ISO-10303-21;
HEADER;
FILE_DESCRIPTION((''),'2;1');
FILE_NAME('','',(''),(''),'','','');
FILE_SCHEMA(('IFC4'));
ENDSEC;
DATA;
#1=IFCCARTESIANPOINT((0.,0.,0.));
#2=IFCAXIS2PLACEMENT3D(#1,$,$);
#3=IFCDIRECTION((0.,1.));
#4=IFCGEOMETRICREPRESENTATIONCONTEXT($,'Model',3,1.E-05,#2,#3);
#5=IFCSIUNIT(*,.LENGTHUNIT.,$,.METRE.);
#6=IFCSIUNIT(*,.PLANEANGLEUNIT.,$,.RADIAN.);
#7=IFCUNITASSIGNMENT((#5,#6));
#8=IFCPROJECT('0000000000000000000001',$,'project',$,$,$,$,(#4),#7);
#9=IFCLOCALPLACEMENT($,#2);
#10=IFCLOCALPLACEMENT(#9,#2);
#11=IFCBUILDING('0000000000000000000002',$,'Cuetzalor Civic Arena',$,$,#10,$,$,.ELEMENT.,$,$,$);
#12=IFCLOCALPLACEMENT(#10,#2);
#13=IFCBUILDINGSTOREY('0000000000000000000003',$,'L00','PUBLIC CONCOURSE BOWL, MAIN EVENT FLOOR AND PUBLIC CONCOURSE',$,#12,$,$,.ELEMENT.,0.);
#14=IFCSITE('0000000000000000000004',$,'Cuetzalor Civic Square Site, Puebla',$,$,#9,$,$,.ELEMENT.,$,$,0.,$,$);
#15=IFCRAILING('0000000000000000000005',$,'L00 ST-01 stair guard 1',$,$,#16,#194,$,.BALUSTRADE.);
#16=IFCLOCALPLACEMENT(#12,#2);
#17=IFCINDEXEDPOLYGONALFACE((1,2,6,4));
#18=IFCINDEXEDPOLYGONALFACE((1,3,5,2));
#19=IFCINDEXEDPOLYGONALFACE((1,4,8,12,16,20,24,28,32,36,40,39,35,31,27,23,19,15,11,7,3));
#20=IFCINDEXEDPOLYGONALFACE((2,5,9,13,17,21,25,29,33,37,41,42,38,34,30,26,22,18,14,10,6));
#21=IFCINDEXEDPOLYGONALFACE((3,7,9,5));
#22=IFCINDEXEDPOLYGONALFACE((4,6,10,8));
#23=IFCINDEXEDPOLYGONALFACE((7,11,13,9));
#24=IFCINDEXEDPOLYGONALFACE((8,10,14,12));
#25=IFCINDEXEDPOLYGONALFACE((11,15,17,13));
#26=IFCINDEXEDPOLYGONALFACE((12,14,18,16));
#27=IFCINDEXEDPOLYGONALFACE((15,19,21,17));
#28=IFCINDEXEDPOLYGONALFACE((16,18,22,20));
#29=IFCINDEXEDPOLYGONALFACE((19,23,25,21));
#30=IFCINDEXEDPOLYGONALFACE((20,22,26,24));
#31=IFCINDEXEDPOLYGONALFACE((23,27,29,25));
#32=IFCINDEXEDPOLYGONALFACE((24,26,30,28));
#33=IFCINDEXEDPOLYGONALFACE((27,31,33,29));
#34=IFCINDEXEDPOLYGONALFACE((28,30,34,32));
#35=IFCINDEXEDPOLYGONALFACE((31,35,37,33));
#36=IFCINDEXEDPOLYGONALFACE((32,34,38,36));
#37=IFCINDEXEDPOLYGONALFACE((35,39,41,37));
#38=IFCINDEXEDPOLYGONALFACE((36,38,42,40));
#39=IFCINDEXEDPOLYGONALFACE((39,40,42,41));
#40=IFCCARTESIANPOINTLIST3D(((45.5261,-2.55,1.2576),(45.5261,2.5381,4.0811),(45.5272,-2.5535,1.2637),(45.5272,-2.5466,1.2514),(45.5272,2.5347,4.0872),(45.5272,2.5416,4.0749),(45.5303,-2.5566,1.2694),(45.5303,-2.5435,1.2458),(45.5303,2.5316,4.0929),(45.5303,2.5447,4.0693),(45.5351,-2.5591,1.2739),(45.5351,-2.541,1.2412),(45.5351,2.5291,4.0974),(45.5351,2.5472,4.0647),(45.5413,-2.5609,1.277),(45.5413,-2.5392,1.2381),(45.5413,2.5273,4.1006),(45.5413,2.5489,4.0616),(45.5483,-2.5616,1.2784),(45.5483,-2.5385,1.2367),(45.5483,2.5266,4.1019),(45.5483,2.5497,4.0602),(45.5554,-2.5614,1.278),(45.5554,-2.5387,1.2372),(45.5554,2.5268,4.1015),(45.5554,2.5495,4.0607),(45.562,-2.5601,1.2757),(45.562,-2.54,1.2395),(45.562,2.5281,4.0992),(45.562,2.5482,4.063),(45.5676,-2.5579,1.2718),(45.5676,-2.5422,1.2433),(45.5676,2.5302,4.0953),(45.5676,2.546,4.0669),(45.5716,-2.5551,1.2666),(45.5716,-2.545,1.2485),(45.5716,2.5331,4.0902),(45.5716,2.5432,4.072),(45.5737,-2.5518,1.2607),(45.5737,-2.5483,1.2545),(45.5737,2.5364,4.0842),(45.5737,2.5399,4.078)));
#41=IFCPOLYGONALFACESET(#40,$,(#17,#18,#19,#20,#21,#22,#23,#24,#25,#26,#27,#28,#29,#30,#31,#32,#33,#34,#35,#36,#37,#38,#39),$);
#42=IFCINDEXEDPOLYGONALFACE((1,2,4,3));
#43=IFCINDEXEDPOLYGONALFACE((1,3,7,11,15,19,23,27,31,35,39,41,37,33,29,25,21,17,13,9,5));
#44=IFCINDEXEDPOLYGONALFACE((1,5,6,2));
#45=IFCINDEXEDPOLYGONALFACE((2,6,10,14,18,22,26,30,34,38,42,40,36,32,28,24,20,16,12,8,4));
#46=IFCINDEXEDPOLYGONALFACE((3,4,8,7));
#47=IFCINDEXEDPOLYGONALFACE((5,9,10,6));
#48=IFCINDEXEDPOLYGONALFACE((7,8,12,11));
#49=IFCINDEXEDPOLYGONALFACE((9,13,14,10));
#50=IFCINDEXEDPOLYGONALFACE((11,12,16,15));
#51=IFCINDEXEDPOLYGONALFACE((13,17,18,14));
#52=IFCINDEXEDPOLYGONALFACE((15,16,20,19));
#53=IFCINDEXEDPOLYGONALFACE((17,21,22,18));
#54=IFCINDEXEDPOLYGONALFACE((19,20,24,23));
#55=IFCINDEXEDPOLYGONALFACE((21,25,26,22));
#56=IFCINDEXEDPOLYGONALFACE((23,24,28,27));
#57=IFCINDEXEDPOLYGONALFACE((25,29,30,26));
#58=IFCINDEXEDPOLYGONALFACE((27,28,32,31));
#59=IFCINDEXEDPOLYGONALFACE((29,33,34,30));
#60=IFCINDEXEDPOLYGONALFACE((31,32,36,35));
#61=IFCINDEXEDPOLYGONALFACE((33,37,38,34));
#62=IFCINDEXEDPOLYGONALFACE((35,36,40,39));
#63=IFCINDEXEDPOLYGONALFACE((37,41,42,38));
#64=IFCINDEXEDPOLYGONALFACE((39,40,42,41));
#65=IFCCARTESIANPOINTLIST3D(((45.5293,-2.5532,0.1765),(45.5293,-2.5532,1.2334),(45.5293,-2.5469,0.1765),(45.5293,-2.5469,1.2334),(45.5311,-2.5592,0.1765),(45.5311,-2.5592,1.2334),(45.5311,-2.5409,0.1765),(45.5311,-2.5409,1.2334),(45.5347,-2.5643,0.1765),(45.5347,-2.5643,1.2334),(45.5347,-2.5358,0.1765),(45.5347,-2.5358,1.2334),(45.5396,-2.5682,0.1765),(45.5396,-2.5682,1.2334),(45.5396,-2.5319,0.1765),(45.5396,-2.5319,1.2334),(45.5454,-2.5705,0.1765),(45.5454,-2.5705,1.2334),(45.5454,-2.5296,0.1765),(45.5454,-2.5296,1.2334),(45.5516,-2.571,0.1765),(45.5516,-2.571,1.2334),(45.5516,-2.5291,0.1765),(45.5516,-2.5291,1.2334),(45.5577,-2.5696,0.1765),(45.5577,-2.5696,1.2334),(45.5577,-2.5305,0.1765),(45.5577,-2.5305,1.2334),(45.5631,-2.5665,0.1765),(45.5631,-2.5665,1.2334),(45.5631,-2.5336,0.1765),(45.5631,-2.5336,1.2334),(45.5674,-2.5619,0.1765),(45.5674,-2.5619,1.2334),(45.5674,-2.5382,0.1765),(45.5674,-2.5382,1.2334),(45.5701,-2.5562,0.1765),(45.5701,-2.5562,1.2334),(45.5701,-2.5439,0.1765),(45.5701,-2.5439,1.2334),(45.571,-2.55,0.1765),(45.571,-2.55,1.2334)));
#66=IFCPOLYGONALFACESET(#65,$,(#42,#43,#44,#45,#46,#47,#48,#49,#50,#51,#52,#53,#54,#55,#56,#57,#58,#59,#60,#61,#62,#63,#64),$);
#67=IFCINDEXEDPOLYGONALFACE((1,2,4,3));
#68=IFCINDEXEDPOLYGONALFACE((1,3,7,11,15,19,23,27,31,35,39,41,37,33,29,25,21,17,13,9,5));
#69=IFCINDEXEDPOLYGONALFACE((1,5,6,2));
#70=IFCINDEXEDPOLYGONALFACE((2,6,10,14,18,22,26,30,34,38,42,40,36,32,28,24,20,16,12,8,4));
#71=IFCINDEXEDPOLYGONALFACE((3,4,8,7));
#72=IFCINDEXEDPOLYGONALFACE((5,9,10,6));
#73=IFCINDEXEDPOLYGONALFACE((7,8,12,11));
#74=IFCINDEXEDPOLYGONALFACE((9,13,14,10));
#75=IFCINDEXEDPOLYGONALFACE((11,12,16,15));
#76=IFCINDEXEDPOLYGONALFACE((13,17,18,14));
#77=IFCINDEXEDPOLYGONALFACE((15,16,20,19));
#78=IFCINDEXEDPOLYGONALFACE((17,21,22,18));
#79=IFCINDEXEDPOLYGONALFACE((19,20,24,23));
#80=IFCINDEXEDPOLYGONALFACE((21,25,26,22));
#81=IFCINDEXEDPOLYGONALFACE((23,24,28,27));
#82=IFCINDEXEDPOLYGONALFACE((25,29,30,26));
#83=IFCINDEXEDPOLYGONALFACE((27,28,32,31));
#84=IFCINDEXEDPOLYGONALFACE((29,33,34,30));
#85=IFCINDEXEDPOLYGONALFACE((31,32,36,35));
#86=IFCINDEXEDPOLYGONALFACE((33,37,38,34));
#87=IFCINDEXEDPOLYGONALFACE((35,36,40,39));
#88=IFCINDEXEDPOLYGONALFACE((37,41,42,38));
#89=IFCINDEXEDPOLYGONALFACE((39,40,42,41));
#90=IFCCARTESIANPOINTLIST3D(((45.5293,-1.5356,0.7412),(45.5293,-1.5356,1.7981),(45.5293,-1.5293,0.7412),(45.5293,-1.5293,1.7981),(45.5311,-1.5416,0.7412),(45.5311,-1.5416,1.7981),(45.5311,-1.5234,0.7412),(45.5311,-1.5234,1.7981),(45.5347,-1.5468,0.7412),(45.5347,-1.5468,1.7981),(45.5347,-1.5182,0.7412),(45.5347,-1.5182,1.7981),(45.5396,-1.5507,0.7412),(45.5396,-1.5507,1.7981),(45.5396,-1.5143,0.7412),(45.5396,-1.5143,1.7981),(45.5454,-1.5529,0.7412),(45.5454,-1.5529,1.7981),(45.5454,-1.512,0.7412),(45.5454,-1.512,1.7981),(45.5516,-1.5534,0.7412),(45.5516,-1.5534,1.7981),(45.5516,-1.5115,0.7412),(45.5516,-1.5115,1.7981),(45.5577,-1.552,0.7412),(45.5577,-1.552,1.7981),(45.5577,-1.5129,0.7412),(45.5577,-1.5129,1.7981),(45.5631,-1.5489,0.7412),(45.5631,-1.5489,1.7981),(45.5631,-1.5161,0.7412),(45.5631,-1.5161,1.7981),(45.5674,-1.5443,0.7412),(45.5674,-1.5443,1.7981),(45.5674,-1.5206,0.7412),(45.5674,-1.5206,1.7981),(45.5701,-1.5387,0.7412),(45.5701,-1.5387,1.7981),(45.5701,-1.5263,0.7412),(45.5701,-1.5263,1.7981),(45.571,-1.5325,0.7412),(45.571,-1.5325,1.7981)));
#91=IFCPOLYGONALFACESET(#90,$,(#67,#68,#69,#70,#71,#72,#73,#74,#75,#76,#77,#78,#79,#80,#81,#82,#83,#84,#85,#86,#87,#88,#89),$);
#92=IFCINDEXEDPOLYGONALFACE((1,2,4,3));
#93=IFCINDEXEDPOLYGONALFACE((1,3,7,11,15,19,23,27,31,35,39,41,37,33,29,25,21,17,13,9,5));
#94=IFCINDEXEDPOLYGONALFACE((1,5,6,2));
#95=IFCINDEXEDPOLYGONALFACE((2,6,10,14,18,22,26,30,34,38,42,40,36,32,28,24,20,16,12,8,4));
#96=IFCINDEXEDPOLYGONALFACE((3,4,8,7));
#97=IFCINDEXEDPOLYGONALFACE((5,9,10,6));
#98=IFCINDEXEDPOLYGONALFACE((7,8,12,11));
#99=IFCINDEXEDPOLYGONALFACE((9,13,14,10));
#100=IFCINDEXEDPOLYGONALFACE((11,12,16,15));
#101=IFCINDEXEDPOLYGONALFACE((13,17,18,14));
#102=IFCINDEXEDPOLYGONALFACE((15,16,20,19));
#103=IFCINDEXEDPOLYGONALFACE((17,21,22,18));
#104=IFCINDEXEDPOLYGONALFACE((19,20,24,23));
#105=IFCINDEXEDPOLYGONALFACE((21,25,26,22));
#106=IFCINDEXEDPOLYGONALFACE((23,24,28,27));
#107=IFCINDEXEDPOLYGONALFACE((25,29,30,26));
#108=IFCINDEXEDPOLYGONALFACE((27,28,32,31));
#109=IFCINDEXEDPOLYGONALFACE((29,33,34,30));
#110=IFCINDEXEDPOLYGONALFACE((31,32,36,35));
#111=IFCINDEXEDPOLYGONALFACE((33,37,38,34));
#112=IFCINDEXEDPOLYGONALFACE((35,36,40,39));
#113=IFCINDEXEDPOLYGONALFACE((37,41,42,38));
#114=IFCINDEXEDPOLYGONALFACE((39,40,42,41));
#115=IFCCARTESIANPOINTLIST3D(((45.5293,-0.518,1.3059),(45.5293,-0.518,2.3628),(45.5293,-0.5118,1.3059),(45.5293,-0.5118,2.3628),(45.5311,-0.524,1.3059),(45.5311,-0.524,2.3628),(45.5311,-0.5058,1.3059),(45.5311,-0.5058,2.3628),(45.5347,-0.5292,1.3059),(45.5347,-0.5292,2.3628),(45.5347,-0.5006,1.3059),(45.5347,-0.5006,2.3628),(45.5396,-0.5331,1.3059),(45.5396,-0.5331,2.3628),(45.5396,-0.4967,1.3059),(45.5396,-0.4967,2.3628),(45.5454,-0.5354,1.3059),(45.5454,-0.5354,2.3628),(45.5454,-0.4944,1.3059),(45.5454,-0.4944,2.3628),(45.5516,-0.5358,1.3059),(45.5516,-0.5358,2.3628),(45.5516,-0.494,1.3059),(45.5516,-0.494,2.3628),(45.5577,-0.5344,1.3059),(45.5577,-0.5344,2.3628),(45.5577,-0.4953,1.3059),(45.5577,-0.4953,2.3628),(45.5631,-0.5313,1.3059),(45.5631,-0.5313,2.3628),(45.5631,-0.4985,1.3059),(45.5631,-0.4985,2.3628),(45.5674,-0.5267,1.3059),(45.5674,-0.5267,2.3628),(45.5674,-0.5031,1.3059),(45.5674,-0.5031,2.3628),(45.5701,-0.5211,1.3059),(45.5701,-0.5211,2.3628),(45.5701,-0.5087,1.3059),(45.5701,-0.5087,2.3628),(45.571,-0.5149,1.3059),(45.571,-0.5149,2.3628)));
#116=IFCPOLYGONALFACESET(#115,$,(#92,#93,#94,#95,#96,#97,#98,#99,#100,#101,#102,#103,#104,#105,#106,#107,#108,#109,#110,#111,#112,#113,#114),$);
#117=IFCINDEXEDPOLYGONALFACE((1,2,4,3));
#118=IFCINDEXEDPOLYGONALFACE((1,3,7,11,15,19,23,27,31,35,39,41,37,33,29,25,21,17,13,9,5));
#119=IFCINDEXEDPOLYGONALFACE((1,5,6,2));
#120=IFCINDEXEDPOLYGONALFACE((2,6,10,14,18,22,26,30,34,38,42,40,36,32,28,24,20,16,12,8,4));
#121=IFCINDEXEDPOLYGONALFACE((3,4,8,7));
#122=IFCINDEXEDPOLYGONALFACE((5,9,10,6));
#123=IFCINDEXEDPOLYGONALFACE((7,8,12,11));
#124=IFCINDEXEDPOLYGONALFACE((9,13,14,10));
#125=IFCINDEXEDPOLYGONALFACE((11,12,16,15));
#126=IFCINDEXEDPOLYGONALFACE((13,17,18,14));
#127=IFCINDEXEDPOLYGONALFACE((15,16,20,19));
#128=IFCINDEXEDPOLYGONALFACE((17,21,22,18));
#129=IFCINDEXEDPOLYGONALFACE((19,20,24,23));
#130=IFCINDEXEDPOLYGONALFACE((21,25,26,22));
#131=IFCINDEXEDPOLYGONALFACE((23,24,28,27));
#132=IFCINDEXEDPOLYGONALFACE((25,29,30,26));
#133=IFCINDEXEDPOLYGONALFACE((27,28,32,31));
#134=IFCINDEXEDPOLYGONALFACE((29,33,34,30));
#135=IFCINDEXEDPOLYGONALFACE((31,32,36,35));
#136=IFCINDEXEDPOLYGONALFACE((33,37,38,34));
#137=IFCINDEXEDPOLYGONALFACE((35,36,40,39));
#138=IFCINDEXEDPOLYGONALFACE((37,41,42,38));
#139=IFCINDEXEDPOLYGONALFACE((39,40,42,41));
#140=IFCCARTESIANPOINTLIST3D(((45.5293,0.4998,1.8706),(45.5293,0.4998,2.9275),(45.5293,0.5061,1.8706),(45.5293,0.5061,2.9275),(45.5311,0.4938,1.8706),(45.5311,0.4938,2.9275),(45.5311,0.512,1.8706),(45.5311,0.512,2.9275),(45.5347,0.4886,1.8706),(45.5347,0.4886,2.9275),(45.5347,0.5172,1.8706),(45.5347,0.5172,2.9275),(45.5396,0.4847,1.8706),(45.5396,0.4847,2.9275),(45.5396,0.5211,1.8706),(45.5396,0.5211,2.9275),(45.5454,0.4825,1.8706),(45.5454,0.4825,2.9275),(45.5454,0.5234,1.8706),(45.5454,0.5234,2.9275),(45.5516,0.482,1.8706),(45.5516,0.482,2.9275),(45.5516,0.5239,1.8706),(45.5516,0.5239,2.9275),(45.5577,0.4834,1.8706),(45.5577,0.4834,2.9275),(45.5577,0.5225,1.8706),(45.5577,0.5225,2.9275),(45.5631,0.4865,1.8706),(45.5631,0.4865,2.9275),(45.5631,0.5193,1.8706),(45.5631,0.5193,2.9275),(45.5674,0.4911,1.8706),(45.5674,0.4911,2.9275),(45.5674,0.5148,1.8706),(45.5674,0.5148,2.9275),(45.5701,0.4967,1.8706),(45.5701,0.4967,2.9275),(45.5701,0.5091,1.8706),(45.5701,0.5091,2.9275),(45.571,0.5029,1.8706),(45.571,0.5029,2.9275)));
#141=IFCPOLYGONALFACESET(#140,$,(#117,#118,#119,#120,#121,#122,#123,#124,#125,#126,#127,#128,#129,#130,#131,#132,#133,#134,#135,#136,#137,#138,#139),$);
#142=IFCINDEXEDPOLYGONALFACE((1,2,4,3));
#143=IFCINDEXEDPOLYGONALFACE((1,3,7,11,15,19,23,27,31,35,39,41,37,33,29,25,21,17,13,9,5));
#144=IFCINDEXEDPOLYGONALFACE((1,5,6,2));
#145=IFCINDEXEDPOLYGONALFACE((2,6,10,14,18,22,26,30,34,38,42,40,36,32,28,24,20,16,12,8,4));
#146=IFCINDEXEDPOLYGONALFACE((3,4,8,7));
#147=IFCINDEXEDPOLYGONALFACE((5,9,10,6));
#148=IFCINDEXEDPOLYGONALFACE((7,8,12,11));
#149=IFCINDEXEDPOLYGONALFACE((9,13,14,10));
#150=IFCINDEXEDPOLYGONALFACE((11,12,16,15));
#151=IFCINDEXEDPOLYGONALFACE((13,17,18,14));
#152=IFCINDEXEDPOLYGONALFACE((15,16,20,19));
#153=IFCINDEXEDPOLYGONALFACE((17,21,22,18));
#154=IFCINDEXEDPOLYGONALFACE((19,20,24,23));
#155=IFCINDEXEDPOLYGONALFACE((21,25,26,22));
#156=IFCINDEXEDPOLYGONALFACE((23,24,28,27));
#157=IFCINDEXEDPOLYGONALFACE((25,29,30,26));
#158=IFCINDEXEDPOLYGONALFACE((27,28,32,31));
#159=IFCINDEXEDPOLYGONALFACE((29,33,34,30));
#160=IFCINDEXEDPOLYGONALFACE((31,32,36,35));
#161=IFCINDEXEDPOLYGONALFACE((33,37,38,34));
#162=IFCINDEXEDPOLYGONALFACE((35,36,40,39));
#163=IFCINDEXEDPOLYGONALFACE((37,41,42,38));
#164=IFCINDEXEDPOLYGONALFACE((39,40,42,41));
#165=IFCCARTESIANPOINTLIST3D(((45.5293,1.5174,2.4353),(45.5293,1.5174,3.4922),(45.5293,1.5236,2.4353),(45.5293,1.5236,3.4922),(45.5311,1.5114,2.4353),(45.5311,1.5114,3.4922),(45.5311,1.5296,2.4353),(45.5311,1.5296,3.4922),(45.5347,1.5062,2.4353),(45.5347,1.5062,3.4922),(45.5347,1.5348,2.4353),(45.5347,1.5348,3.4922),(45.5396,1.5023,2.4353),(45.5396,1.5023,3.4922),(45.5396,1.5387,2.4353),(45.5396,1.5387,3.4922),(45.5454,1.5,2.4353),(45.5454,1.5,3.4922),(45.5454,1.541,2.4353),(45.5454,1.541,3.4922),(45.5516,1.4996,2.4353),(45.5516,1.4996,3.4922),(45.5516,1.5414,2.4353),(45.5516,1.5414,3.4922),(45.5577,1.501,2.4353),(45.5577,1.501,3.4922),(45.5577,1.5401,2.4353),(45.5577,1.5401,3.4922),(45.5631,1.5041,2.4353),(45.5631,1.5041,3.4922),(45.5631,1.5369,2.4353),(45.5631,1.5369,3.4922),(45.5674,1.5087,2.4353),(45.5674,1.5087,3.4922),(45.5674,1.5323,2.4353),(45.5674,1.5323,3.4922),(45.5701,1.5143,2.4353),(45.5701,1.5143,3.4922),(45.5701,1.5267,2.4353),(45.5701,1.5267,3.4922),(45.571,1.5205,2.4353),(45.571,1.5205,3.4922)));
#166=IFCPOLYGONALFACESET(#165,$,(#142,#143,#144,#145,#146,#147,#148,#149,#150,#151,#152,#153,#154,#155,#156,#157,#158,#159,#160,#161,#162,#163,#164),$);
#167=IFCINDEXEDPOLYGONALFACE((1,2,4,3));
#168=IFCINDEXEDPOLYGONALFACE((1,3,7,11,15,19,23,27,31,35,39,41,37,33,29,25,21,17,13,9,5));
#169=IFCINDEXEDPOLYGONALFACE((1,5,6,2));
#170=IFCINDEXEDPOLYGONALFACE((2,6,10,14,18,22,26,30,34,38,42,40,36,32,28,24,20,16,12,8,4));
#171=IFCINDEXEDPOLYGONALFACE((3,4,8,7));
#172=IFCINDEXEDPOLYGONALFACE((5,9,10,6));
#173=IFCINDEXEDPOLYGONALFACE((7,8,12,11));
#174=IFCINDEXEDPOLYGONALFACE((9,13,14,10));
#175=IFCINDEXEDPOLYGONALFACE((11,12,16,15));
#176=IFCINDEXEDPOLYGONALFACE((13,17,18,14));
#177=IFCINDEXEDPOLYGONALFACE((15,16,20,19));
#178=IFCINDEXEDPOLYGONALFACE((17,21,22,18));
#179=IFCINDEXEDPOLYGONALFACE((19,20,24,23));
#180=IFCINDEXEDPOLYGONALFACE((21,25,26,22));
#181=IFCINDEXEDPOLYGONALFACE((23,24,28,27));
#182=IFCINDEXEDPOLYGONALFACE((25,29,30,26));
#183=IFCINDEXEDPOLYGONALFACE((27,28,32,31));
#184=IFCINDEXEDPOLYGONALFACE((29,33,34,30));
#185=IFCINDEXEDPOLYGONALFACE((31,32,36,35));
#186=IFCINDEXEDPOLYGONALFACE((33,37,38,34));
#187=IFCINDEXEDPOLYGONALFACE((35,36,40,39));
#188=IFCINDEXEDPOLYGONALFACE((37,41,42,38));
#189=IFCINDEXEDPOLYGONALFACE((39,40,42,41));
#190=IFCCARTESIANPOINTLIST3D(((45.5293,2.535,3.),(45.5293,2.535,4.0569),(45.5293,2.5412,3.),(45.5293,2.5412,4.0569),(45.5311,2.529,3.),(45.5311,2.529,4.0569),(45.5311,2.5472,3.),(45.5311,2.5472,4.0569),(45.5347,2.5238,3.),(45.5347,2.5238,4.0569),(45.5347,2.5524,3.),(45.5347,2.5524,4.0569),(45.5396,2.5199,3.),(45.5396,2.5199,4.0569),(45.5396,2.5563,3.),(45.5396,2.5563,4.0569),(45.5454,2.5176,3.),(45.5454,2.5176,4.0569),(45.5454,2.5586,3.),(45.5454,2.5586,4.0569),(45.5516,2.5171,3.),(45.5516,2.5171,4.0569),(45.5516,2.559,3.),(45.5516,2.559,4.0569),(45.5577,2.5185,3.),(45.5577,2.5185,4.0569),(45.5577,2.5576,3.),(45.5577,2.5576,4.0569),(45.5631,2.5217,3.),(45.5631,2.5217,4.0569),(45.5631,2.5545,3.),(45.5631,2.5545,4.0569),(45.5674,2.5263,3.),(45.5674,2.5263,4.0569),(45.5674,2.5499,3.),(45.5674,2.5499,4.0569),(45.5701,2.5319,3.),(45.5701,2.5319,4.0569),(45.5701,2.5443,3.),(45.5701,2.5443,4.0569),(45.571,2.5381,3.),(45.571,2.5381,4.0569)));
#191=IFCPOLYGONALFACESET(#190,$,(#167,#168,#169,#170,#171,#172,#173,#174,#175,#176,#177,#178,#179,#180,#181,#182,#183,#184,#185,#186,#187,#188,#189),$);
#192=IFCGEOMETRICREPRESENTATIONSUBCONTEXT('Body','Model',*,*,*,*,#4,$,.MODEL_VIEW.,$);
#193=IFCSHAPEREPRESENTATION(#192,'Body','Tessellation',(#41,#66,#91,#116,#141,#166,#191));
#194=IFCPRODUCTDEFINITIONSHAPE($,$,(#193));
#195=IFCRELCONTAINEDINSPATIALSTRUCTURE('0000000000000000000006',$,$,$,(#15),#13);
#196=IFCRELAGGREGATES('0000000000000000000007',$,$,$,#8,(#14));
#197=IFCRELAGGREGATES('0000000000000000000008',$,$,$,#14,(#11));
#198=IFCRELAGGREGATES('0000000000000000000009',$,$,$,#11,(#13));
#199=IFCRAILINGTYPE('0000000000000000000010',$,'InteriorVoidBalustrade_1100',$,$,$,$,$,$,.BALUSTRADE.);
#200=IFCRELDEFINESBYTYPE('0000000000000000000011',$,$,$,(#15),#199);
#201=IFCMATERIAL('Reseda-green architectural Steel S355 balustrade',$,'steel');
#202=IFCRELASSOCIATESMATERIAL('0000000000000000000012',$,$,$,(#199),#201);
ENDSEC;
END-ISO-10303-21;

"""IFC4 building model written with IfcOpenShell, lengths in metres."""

from ifc_helpers import new_model, si_unit, direction, frame, origin, origin_2d, place, context, subcontext, project, spatial, circle, extrude, material, type_object, element, save


model = new_model("IFC4")

# Units and contexts
model_context = context("Model", 3, precision=1e-05, world=origin(), true_north=direction((0.0, 1.0)))
body_context = subcontext(model_context, "Body", "Model", "MODEL_VIEW")
ifc_project = project(units=[si_unit("LENGTHUNIT", "METRE"), si_unit("PLANEANGLEUNIT", "RADIAN")], contexts=[model_context])

# Site, building, storey
site_placement = place(None, origin())
site = spatial("IfcSite", under=ifc_project, at=site_placement, Name="Cuetzalor Civic Square Site, Puebla", CompositionType="ELEMENT", RefElevation=0.0)
building_placement = place(site_placement, origin())
building = spatial("IfcBuilding", under=site, at=building_placement, Name="Cuetzalor Civic Arena", CompositionType="ELEMENT")
storey_placement = place(building_placement, origin())
storey = spatial("IfcBuildingStorey", under=building, at=storey_placement, Name="L00", Description="PUBLIC CONCOURSE BOWL, MAIN EVENT FLOOR AND PUBLIC CONCOURSE", CompositionType="ELEMENT", Elevation=0.0)

# Railing
ifc_material_1 = material(Name="Reseda-green architectural Steel S355 balustrade", Category="steel")
railing_type_1 = type_object("IfcRailingType", Name="InteriorVoidBalustrade_1100", PredefinedType="BALUSTRADE", material=ifc_material_1)
railing_1_placement = place(storey_placement, frame((45.55, -2.55, 0.1765)))
element("IfcRailing", 1, at=railing_1_placement, inside=storey, type_object=railing_type_1, Name="L00 ST-01 stair guard 1", PredefinedType="BALUSTRADE", context=body_context, shape_type="SweptSolid", body=[
    extrude(circle(Radius=0.0239, at=origin_2d()), frame((0.0, 0.0, 1.0811), z_axis=(0.0, 0.874395, 0.485215), x_axis=(-1.0, 0.0, 0.0)), (0.0, 0.0, 1.0), 5.8191),
    extrude(circle(Radius=0.021, at=origin_2d()), origin(), (0.0, 0.0, 1.0), 1.0569),
    extrude(circle(Radius=0.021, at=origin_2d()), frame((0.0, 1.0176, 0.5647)), (0.0, 0.0, 1.0), 1.0569),
    extrude(circle(Radius=0.021, at=origin_2d()), frame((0.0, 2.0352, 1.1294)), (0.0, 0.0, 1.0), 1.0569),
    extrude(circle(Radius=0.021, at=origin_2d()), frame((0.0, 3.053, 1.6941)), (0.0, 0.0, 1.0), 1.0569),
    extrude(circle(Radius=0.021, at=origin_2d()), frame((0.0, 4.0706, 2.2588)), (0.0, 0.0, 1.0), 1.0569),
    extrude(circle(Radius=0.021, at=origin_2d()), frame((0.0, 5.0881, 2.8235)), (0.0, 0.0, 1.0), 1.0569),
])

save(model, "model.ifc")
